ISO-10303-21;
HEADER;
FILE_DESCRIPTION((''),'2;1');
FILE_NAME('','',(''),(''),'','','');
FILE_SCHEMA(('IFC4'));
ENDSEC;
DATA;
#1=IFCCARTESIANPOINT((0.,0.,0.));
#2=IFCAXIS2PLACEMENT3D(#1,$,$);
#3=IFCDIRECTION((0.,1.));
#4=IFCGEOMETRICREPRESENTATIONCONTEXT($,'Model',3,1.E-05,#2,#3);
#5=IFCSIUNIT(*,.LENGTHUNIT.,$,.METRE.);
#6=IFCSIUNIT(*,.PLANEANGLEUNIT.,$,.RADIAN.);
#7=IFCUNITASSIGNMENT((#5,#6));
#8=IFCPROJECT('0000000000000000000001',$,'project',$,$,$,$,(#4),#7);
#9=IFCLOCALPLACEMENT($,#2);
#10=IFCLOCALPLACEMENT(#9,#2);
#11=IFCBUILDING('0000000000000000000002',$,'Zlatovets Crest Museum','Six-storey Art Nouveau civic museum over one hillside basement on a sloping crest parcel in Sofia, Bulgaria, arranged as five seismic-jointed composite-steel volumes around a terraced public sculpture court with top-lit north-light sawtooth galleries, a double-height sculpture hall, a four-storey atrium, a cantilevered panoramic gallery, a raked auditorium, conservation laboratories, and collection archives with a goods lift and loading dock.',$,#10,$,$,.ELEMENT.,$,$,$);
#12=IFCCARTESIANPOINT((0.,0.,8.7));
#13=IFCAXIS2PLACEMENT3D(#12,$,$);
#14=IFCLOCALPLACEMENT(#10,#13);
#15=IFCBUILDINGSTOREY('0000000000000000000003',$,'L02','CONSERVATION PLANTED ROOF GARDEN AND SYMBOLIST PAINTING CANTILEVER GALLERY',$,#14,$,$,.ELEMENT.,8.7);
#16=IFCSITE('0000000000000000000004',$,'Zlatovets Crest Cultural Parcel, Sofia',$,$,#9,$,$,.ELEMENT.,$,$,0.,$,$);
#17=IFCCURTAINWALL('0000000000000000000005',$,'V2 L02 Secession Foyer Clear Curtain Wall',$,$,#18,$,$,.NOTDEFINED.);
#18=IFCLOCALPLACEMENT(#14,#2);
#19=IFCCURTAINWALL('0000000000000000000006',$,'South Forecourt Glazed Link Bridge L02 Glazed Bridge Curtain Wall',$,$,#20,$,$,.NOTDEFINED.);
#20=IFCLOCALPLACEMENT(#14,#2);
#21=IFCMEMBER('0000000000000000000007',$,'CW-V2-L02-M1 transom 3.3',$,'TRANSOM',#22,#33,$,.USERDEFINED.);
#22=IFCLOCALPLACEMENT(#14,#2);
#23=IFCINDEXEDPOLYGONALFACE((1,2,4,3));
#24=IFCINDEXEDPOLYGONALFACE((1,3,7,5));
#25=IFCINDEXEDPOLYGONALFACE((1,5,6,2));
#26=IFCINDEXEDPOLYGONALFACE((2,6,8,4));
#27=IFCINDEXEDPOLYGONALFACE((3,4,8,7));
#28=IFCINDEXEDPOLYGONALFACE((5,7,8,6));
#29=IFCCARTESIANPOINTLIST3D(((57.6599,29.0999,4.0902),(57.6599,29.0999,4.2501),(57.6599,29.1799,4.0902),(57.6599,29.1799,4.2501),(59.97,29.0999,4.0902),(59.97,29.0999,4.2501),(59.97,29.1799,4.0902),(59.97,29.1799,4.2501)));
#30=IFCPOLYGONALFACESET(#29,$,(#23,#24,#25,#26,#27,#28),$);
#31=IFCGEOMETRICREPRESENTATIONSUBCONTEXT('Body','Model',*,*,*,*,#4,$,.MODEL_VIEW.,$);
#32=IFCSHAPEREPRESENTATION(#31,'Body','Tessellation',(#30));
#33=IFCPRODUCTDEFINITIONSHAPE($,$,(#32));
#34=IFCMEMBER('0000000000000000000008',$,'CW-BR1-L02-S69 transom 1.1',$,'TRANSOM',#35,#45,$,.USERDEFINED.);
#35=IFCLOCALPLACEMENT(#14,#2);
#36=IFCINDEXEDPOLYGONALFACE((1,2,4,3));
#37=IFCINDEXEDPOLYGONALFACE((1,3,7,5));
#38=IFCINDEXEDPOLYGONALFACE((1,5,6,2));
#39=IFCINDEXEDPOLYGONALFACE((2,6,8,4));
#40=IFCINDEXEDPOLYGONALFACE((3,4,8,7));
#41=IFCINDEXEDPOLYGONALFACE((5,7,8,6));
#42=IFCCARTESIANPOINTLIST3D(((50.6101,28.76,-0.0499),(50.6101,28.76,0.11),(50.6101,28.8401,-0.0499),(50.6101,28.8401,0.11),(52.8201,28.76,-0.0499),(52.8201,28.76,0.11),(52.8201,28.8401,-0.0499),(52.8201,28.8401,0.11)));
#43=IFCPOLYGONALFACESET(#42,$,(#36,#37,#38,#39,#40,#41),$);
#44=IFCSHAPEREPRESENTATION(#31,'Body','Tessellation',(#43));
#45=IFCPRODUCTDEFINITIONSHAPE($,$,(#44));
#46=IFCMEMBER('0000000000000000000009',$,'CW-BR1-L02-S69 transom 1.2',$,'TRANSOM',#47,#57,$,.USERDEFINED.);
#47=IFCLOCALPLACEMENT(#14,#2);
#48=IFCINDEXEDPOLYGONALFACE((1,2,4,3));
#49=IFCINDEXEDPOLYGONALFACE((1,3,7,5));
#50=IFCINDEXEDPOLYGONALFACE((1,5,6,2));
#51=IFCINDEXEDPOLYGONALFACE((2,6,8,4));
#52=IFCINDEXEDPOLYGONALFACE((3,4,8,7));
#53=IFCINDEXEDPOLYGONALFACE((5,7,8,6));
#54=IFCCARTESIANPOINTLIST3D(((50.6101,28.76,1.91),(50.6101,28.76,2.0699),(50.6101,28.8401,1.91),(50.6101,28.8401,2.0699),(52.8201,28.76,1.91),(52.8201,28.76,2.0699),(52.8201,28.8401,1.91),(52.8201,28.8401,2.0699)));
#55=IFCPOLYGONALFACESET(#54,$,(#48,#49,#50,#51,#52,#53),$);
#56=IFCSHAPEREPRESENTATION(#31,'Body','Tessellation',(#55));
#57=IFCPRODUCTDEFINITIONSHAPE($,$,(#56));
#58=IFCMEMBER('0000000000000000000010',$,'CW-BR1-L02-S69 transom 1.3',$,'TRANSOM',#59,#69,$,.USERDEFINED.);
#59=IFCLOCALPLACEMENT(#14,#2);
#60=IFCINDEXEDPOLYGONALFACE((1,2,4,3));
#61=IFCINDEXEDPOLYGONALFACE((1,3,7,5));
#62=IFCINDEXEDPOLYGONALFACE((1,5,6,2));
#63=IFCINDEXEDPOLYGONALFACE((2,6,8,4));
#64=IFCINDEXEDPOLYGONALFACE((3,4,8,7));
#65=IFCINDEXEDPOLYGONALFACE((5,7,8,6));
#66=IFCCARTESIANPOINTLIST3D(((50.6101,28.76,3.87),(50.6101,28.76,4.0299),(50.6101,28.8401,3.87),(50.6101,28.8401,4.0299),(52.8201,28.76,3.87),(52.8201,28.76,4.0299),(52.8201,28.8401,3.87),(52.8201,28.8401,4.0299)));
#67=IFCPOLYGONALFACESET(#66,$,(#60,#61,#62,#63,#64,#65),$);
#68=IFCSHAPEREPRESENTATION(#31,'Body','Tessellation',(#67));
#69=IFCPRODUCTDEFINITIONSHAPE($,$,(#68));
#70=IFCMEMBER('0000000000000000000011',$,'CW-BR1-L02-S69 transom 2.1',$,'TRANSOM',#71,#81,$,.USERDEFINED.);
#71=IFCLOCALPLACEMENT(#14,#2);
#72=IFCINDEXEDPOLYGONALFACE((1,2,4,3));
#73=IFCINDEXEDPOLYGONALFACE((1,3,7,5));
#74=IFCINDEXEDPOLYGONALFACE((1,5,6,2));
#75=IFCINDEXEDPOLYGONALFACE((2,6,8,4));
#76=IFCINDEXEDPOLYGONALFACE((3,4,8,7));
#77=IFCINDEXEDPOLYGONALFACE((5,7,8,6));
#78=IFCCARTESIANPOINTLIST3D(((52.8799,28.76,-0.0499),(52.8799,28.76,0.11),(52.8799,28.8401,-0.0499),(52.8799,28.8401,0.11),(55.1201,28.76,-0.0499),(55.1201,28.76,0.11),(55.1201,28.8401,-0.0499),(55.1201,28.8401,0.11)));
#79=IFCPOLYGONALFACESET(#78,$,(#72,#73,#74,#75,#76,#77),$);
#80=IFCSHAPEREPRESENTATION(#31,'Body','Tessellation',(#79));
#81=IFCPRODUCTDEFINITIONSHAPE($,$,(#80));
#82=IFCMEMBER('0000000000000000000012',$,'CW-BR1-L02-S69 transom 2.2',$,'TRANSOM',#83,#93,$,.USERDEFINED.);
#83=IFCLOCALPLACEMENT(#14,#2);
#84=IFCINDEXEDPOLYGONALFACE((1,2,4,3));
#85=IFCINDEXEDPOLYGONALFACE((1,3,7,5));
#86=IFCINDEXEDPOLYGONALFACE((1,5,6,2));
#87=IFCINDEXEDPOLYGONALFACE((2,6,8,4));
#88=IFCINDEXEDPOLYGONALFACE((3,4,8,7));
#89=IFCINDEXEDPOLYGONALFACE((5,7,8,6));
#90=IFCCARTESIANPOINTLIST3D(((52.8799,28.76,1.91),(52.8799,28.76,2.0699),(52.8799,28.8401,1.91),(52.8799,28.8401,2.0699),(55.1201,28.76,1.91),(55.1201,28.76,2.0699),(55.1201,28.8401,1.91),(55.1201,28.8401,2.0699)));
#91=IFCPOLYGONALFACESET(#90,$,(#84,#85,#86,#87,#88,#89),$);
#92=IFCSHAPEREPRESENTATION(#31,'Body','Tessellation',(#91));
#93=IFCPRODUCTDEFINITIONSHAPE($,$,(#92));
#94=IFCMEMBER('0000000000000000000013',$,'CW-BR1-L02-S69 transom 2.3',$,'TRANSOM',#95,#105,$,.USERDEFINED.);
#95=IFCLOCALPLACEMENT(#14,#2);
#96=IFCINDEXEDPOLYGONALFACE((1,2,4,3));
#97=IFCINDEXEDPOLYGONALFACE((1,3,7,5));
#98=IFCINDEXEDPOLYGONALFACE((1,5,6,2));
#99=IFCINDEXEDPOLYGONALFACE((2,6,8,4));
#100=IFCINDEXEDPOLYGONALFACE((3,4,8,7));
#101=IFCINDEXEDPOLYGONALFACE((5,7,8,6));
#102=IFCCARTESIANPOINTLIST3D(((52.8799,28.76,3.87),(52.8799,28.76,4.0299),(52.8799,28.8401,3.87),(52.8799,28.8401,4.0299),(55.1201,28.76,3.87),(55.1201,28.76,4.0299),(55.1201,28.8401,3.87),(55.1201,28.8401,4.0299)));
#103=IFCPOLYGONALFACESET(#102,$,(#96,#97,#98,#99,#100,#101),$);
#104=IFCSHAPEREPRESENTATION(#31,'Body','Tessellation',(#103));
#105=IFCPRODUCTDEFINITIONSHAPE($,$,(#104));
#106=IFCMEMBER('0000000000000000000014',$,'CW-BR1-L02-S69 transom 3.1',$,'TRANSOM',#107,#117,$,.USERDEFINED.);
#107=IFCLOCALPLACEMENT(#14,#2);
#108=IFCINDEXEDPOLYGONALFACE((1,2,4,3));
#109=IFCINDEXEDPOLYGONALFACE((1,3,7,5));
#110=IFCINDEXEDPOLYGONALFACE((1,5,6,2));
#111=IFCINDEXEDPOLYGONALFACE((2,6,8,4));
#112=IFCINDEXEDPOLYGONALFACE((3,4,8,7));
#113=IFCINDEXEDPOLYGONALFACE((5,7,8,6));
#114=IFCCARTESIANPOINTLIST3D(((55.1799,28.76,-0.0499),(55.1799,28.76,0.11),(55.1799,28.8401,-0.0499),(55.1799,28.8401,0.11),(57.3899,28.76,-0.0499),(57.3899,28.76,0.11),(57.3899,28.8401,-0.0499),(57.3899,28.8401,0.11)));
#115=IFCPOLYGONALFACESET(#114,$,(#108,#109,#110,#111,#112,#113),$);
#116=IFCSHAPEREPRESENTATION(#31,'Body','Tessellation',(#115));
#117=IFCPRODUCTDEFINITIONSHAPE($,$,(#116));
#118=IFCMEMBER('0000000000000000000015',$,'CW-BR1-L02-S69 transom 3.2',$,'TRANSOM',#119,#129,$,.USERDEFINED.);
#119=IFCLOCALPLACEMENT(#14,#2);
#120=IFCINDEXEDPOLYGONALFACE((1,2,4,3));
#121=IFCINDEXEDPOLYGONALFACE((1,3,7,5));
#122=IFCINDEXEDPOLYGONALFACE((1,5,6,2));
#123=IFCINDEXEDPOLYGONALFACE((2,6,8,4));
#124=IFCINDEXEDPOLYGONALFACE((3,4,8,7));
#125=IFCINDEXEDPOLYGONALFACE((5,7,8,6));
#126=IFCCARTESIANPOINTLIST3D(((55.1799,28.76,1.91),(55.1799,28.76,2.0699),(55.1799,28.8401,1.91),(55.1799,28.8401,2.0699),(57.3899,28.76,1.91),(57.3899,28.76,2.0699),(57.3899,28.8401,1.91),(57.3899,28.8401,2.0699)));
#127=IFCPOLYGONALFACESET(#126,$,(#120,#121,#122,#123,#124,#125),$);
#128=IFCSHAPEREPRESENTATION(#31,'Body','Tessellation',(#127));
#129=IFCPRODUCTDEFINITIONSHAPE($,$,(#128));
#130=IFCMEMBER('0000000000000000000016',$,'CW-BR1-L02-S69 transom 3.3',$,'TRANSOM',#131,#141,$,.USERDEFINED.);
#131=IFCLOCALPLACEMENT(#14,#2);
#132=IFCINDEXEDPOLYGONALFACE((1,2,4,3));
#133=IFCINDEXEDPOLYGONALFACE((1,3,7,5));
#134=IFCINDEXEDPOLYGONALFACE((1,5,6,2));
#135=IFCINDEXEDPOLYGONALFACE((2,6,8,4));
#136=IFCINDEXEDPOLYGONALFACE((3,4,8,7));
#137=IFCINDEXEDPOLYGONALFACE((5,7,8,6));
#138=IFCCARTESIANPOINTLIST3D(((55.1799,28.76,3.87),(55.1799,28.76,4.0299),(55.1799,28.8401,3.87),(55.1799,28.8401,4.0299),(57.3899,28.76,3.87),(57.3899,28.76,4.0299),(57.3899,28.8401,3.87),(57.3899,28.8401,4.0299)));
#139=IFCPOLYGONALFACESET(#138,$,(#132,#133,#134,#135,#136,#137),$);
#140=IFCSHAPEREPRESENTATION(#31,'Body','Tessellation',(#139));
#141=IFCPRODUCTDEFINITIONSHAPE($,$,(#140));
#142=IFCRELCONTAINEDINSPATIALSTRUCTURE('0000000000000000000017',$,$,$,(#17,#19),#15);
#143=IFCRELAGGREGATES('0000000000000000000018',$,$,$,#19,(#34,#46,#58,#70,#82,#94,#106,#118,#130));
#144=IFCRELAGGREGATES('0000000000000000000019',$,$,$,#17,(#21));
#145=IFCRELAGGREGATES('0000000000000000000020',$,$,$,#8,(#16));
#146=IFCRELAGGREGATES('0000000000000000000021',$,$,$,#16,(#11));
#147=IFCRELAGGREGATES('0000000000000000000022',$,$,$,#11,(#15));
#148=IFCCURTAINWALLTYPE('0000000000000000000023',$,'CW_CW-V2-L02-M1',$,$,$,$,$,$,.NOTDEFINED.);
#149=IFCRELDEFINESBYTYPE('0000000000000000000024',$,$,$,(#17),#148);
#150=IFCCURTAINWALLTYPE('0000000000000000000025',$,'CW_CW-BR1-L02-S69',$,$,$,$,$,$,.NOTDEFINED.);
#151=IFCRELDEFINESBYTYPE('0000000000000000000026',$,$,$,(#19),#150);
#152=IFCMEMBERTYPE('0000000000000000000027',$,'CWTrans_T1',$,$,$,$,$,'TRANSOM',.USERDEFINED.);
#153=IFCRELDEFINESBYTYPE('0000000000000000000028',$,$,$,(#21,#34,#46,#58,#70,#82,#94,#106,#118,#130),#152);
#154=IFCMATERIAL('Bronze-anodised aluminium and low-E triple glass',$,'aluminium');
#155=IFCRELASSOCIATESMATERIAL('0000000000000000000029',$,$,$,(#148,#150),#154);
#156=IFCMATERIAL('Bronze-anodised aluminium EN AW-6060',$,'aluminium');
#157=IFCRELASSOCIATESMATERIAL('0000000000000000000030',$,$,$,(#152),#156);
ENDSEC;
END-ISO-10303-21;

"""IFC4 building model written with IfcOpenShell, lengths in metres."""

from ifc_helpers import new_model, si_unit, direction, frame, origin, origin_2d, place, context, subcontext, project, spatial, rectangle, extrude, material, material_profile, profile_set, type_object, element, aggregate, save


model = new_model("IFC4")

# Units and contexts
model_context = context("Model", 3, precision=1e-05, world=origin(), true_north=direction((0.0, 1.0)))
body_context = subcontext(model_context, "Body", "Model", "MODEL_VIEW")
ifc_project = project(units=[si_unit("LENGTHUNIT", "METRE"), si_unit("PLANEANGLEUNIT", "RADIAN")], contexts=[model_context])

# Site, building, storey
site_placement = place(None, origin())
site = spatial("IfcSite", under=ifc_project, at=site_placement, Name="Zlatovets Crest Cultural Parcel, Sofia", CompositionType="ELEMENT", RefElevation=0.0)
building_placement = place(site_placement, origin())
building = spatial("IfcBuilding", under=site, at=building_placement, Name="Zlatovets Crest Museum", Description="Six-storey Art Nouveau civic museum over one hillside basement on a sloping crest parcel in Sofia, Bulgaria, arranged as five seismic-jointed composite-steel volumes around a terraced public sculpture court with top-lit north-light sawtooth galleries, a double-height sculpture hall, a four-storey atrium, a cantilevered panoramic gallery, a raked auditorium, conservation laboratories, and collection archives with a goods lift and loading dock.", CompositionType="ELEMENT")
storey_placement = place(building_placement, frame((0.0, 0.0, 8.7)))
storey = spatial("IfcBuildingStorey", under=building, at=storey_placement, Name="L02", Description="CONSERVATION PLANTED ROOF GARDEN AND SYMBOLIST PAINTING CANTILEVER GALLERY", CompositionType="ELEMENT", Elevation=8.7)

# Curtain walls
ifc_material_1 = material(Name="Bronze-anodised aluminium and low-E triple glass", Category="aluminium")
curtain_wall_type_1 = type_object("IfcCurtainWallType", Name="CW_CW-V2-L02-M1", PredefinedType="NOTDEFINED", material=ifc_material_1)
curtain_wall_1_placement = place(storey_placement, origin())
curtain_wall_1 = element("IfcCurtainWall", 1, at=curtain_wall_1_placement, inside=storey, type_object=curtain_wall_type_1, Name="V2 L02 Secession Foyer Clear Curtain Wall", PredefinedType="NOTDEFINED")
ifc_material_2 = material(Name="Bronze-anodised aluminium EN AW-6060", Category="aluminium")
curtain_wall_type_2 = type_object("IfcCurtainWallType", Name="CW_CW-BR1-L02-S69", PredefinedType="NOTDEFINED", material=ifc_material_1)
curtain_wall_2_placement = place(storey_placement, origin())
curtain_wall_2 = element("IfcCurtainWall", 2, at=curtain_wall_2_placement, inside=storey, type_object=curtain_wall_type_2, Name="South Forecourt Glazed Link Bridge L02 Glazed Bridge Curtain Wall", PredefinedType="NOTDEFINED")

# Members
ifc_material_profile_1 = material_profile(ifc_material_2, rectangle(XDim=0.0801, YDim=0.1599, at=origin_2d()), Name="ALU 80x160")
ifc_profile_set_1 = profile_set([ifc_material_profile_1], Name="Bronze-anodised aluminium EN AW-6060")
member_type_1 = type_object("IfcMemberType", Name="CWTrans_T1", ElementType="TRANSOM", PredefinedType="USERDEFINED", material=ifc_profile_set_1)
member_1_placement = place(storey_placement, frame((59.97, 29.1399, 4.1702), z_axis=(-1.0, 0.0, 0.0), x_axis=(0.0, -1.0, 0.0)))
member_1 = element("IfcMember", 3, at=member_1_placement, type_object=member_type_1, Name="CW-V2-L02-M1 transom 3.3", ObjectType="TRANSOM", PredefinedType="USERDEFINED", context=body_context, shape_type="SweptSolid", body=[
    extrude(rectangle(XDim=0.0801, YDim=0.1599, at=origin_2d()), origin(), (0.0, 0.0, 1.0), 2.3101),
])
member_2_placement = place(storey_placement, frame((50.6101, 28.8, 0.03), z_axis=(1.0, 0.0, 0.0), x_axis=(0.0, 1.0, 0.0)))
member_2 = element("IfcMember", 4, at=member_2_placement, type_object=member_type_1, Name="CW-BR1-L02-S69 transom 1.1", ObjectType="TRANSOM", PredefinedType="USERDEFINED", context=body_context, shape_type="SweptSolid", body=[
    extrude(rectangle(XDim=0.0801, YDim=0.1599, at=origin_2d()), origin(), (0.0, 0.0, 1.0), 2.21),
])
member_3_placement = place(storey_placement, frame((50.6101, 28.8, 1.99), z_axis=(1.0, 0.0, 0.0), x_axis=(0.0, 1.0, 0.0)))
member_3 = element("IfcMember", 5, at=member_3_placement, type_object=member_type_1, Name="CW-BR1-L02-S69 transom 1.2", ObjectType="TRANSOM", PredefinedType="USERDEFINED", context=body_context, shape_type="SweptSolid", body=[
    extrude(rectangle(XDim=0.0801, YDim=0.1599, at=origin_2d()), origin(), (0.0, 0.0, 1.0), 2.21),
])
member_4_placement = place(storey_placement, frame((50.6101, 28.8, 3.95), z_axis=(1.0, 0.0, 0.0), x_axis=(0.0, 1.0, 0.0)))
member_4 = element("IfcMember", 6, at=member_4_placement, type_object=member_type_1, Name="CW-BR1-L02-S69 transom 1.3", ObjectType="TRANSOM", PredefinedType="USERDEFINED", context=body_context, shape_type="SweptSolid", body=[
    extrude(rectangle(XDim=0.0801, YDim=0.1599, at=origin_2d()), origin(), (0.0, 0.0, 1.0), 2.21),
])
member_5_placement = place(storey_placement, frame((52.8799, 28.8, 0.03), z_axis=(1.0, 0.0, 0.0), x_axis=(0.0, 1.0, 0.0)))
member_5 = element("IfcMember", 7, at=member_5_placement, type_object=member_type_1, Name="CW-BR1-L02-S69 transom 2.1", ObjectType="TRANSOM", PredefinedType="USERDEFINED", context=body_context, shape_type="SweptSolid", body=[
    extrude(rectangle(XDim=0.0801, YDim=0.1599, at=origin_2d()), origin(), (0.0, 0.0, 1.0), 2.2402),
])
member_6_placement = place(storey_placement, frame((52.8799, 28.8, 1.99), z_axis=(1.0, 0.0, 0.0), x_axis=(0.0, 1.0, 0.0)))
member_6 = element("IfcMember", 8, at=member_6_placement, type_object=member_type_1, Name="CW-BR1-L02-S69 transom 2.2", ObjectType="TRANSOM", PredefinedType="USERDEFINED", context=body_context, shape_type="SweptSolid", body=[
    extrude(rectangle(XDim=0.0801, YDim=0.1599, at=origin_2d()), origin(), (0.0, 0.0, 1.0), 2.2402),
])
member_7_placement = place(storey_placement, frame((52.8799, 28.8, 3.95), z_axis=(1.0, 0.0, 0.0), x_axis=(0.0, 1.0, 0.0)))
member_7 = element("IfcMember", 9, at=member_7_placement, type_object=member_type_1, Name="CW-BR1-L02-S69 transom 2.3", ObjectType="TRANSOM", PredefinedType="USERDEFINED", context=body_context, shape_type="SweptSolid", body=[
    extrude(rectangle(XDim=0.0801, YDim=0.1599, at=origin_2d()), origin(), (0.0, 0.0, 1.0), 2.2402),
])
member_8_placement = place(storey_placement, frame((55.1799, 28.8, 0.03), z_axis=(1.0, 0.0, 0.0), x_axis=(0.0, 1.0, 0.0)))
member_8 = element("IfcMember", 10, at=member_8_placement, type_object=member_type_1, Name="CW-BR1-L02-S69 transom 3.1", ObjectType="TRANSOM", PredefinedType="USERDEFINED", context=body_context, shape_type="SweptSolid", body=[
    extrude(rectangle(XDim=0.0801, YDim=0.1599, at=origin_2d()), origin(), (0.0, 0.0, 1.0), 2.21),
])
member_9_placement = place(storey_placement, frame((55.1799, 28.8, 1.99), z_axis=(1.0, 0.0, 0.0), x_axis=(0.0, 1.0, 0.0)))
member_9 = element("IfcMember", 11, at=member_9_placement, type_object=member_type_1, Name="CW-BR1-L02-S69 transom 3.2", ObjectType="TRANSOM", PredefinedType="USERDEFINED", context=body_context, shape_type="SweptSolid", body=[
    extrude(rectangle(XDim=0.0801, YDim=0.1599, at=origin_2d()), origin(), (0.0, 0.0, 1.0), 2.21),
])
member_10_placement = place(storey_placement, frame((55.1799, 28.8, 3.95), z_axis=(1.0, 0.0, 0.0), x_axis=(0.0, 1.0, 0.0)))
member_10 = element("IfcMember", 12, at=member_10_placement, type_object=member_type_1, Name="CW-BR1-L02-S69 transom 3.3", ObjectType="TRANSOM", PredefinedType="USERDEFINED", context=body_context, shape_type="SweptSolid", body=[
    extrude(rectangle(XDim=0.0801, YDim=0.1599, at=origin_2d()), origin(), (0.0, 0.0, 1.0), 2.21),
])

aggregate(curtain_wall_2, [member_2, member_3, member_4, member_5, member_6, member_7, member_8, member_9, member_10])
aggregate(curtain_wall_1, [member_1])

save(model, "model.ifc")
